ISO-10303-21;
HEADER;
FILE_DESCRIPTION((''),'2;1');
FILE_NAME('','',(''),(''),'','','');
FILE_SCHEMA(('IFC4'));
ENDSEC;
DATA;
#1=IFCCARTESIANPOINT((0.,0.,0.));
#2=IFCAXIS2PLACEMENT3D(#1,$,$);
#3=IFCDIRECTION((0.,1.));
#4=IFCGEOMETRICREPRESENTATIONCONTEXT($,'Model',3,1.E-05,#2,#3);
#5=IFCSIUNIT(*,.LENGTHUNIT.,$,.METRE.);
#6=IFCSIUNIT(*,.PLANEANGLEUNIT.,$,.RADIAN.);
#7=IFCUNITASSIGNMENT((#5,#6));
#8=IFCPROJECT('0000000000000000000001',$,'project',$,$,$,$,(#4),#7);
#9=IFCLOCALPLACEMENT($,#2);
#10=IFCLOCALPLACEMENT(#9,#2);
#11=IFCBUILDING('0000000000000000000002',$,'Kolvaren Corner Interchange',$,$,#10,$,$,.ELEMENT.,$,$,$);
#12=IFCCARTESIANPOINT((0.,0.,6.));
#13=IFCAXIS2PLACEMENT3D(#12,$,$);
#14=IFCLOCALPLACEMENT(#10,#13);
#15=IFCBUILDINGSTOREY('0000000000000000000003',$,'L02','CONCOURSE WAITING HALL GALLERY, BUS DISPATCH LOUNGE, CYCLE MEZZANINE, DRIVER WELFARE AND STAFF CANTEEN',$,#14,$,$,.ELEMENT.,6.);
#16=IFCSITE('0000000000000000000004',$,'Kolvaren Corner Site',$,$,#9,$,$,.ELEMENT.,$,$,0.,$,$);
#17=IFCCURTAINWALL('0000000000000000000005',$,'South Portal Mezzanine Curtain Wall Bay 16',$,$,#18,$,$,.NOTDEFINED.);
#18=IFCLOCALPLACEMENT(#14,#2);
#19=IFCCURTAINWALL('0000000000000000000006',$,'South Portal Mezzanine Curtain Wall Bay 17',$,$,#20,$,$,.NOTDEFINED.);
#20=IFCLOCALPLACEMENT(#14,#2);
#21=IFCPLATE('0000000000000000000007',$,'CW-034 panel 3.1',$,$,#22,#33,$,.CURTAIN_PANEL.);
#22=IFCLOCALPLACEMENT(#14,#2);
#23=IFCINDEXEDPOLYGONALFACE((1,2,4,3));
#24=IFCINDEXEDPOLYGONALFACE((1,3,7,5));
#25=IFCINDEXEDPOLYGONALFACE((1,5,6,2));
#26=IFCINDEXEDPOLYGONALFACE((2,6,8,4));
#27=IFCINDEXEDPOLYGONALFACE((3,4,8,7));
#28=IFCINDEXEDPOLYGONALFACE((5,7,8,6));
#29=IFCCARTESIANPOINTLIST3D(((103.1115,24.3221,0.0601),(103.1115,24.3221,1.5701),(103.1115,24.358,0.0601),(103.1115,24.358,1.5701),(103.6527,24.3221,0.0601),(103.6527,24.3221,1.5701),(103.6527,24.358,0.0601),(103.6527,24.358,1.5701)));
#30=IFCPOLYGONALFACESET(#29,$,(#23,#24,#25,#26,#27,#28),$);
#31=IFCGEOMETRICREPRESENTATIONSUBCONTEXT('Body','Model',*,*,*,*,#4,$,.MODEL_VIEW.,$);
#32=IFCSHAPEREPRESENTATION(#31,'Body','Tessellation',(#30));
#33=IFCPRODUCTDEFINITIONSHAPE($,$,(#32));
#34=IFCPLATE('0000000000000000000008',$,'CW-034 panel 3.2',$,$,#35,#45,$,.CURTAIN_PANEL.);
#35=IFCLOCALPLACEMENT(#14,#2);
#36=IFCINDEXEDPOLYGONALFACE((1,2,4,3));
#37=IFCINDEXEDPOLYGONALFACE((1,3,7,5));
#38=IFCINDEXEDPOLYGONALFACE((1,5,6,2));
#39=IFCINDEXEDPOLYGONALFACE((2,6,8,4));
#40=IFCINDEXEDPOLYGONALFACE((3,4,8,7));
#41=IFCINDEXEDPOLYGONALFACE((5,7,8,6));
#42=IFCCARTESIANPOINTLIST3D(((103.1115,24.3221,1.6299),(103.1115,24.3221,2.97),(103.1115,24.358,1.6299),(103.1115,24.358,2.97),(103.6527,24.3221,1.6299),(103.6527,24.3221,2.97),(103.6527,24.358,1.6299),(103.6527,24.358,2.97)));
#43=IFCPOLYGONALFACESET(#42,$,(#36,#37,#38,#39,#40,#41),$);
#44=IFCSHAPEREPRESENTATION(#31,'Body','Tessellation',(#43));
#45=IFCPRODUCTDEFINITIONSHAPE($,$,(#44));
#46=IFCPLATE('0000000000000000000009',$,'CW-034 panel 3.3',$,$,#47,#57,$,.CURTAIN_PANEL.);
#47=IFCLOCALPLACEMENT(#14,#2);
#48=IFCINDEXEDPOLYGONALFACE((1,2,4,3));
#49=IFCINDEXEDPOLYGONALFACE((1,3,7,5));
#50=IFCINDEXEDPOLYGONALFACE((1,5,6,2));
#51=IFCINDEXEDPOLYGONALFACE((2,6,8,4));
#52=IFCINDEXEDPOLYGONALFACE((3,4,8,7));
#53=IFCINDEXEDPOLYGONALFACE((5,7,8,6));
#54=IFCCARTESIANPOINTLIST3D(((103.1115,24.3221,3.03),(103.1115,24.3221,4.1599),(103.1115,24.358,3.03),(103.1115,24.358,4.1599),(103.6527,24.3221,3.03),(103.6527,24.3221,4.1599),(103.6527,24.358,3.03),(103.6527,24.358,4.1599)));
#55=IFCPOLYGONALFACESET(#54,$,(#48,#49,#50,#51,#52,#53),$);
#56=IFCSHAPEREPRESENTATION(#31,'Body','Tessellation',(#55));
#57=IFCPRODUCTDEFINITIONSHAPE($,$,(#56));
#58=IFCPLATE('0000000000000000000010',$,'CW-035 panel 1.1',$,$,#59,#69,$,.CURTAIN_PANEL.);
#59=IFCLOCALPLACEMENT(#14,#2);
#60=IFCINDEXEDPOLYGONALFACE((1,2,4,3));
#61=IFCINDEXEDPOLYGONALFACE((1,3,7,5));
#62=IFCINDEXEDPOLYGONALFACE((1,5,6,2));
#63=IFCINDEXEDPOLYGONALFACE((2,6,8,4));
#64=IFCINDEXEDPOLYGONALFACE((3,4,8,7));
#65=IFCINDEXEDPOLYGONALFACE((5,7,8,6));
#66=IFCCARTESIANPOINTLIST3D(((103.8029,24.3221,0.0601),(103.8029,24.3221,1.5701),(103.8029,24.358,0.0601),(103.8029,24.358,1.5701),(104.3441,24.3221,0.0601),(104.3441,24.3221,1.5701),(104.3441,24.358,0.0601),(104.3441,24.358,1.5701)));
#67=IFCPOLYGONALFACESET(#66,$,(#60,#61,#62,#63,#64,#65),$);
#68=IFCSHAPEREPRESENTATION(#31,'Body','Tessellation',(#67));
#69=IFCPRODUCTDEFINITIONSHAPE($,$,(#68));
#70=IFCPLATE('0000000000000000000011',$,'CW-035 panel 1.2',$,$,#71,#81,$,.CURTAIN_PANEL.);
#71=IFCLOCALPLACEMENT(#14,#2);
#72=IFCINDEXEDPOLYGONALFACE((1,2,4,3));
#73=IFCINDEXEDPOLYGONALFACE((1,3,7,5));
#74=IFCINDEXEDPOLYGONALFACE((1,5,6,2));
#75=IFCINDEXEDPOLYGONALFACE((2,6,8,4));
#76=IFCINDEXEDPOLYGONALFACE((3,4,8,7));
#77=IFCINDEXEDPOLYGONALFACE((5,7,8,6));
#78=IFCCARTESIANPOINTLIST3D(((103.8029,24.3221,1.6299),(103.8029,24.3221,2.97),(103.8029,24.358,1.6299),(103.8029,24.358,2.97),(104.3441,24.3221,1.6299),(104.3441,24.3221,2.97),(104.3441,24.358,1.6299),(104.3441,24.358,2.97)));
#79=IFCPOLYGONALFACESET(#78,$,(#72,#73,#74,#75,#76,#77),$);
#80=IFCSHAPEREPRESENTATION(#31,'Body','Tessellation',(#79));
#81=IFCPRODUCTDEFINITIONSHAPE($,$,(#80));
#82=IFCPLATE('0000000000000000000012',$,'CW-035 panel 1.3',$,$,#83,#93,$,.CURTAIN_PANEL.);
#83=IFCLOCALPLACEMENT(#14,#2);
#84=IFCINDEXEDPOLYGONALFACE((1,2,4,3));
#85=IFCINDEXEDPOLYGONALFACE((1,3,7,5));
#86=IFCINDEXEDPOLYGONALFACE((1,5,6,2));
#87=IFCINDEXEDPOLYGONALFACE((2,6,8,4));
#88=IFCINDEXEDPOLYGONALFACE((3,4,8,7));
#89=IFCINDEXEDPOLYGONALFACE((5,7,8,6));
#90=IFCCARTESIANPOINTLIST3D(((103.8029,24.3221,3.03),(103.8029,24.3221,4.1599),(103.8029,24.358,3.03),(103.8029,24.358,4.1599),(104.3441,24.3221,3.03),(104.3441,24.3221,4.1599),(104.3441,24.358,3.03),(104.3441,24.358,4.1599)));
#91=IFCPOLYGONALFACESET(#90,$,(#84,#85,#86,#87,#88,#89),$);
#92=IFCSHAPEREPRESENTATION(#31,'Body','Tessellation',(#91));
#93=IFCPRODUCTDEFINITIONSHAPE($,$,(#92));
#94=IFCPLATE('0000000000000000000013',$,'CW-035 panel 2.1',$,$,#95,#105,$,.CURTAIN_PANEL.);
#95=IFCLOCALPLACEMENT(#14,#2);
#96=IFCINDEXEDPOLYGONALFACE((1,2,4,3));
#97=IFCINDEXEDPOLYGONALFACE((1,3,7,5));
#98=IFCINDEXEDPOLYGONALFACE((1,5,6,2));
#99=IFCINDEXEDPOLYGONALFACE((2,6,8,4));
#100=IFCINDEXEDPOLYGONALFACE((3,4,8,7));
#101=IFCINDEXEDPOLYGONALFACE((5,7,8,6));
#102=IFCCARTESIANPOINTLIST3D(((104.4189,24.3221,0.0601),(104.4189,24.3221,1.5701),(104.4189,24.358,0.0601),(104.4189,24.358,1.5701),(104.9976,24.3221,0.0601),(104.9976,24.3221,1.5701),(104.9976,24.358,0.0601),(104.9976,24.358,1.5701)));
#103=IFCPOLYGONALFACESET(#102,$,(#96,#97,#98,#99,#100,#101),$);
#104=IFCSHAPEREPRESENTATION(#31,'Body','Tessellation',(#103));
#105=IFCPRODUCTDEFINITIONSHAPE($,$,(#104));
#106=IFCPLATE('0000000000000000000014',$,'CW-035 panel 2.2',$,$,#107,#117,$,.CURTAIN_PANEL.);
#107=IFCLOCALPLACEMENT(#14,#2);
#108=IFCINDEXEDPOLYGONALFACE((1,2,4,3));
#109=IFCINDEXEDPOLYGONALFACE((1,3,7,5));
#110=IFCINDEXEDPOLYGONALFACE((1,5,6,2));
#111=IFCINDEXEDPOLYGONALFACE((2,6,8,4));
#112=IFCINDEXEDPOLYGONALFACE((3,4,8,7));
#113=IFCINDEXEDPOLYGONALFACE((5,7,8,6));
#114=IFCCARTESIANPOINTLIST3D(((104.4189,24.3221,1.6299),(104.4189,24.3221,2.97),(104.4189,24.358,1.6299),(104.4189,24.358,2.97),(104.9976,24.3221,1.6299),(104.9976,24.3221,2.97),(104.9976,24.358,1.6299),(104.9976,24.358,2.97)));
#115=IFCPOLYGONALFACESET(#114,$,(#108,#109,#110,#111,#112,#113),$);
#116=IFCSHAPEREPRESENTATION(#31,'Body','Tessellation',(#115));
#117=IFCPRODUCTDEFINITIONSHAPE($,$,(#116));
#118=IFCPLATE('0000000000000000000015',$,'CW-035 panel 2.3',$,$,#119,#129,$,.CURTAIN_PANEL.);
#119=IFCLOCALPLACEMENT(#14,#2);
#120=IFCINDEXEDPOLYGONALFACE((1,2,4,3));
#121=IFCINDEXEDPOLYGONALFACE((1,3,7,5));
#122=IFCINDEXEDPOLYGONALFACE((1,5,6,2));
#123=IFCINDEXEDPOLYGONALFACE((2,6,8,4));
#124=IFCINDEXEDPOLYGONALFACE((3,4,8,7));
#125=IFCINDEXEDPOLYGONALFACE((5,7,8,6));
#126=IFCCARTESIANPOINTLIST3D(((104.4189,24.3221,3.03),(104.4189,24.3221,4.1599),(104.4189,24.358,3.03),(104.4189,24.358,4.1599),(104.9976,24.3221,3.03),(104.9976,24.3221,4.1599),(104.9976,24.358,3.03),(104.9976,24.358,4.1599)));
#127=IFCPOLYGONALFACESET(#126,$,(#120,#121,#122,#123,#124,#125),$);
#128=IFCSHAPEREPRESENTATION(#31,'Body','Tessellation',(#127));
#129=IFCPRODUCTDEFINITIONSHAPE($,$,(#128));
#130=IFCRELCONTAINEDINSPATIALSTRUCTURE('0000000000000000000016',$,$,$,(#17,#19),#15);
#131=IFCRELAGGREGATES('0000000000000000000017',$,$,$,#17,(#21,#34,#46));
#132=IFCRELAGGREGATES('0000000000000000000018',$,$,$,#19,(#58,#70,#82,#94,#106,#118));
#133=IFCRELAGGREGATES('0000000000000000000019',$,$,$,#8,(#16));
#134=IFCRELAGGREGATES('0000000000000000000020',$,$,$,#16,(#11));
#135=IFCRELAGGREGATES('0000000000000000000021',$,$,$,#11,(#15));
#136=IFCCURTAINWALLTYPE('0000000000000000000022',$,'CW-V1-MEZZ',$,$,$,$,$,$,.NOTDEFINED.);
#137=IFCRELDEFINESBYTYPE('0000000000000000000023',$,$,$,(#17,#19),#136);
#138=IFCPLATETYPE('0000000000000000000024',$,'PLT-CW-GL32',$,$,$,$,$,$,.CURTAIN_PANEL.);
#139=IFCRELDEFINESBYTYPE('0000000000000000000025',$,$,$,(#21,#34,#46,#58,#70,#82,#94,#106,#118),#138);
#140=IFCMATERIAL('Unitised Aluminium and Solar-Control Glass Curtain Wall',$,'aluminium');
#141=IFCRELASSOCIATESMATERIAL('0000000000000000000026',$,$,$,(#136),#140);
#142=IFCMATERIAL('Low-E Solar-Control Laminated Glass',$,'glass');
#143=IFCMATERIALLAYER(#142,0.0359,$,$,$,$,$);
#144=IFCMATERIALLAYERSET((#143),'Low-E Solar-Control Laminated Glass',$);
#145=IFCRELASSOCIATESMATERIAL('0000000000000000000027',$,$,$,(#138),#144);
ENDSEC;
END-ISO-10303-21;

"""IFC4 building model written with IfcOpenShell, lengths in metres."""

from ifc_helpers import new_model, si_unit, direction, frame, origin, origin_2d, place, context, subcontext, project, spatial, rectangle, extrude, material, layer, layer_set, type_object, element, aggregate, save


model = new_model("IFC4")

# Units and contexts
model_context = context("Model", 3, precision=1e-05, world=origin(), true_north=direction((0.0, 1.0)))
body_context = subcontext(model_context, "Body", "Model", "MODEL_VIEW")
ifc_project = project(units=[si_unit("LENGTHUNIT", "METRE"), si_unit("PLANEANGLEUNIT", "RADIAN")], contexts=[model_context])

# Site, building, storey
site_placement = place(None, origin())
site = spatial("IfcSite", under=ifc_project, at=site_placement, Name="Kolvaren Corner Site", CompositionType="ELEMENT", RefElevation=0.0)
building_placement = place(site_placement, origin())
building = spatial("IfcBuilding", under=site, at=building_placement, Name="Kolvaren Corner Interchange", CompositionType="ELEMENT")
storey_placement = place(building_placement, frame((0.0, 0.0, 6.0)))
storey = spatial("IfcBuildingStorey", under=building, at=storey_placement, Name="L02", Description="CONCOURSE WAITING HALL GALLERY, BUS DISPATCH LOUNGE, CYCLE MEZZANINE, DRIVER WELFARE AND STAFF CANTEEN", CompositionType="ELEMENT", Elevation=6.0)

# Curtain wall
ifc_material_1 = material(Name="Unitised Aluminium and Solar-Control Glass Curtain Wall", Category="aluminium")
curtain_wall_type = type_object("IfcCurtainWallType", Name="CW-V1-MEZZ", PredefinedType="NOTDEFINED", material=ifc_material_1)
curtain_wall_1_placement = place(storey_placement, origin())
curtain_wall_1 = element("IfcCurtainWall", 1, at=curtain_wall_1_placement, inside=storey, type_object=curtain_wall_type, Name="South Portal Mezzanine Curtain Wall Bay 16", PredefinedType="NOTDEFINED")

# Curtain wall
curtain_wall_2_placement = place(storey_placement, origin())
curtain_wall_2 = element("IfcCurtainWall", 2, at=curtain_wall_2_placement, inside=storey, type_object=curtain_wall_type, Name="South Portal Mezzanine Curtain Wall Bay 17", PredefinedType="NOTDEFINED")

# Plates
ifc_material_2 = material(Name="Low-E Solar-Control Laminated Glass", Category="glass")
ifc_layer = layer(ifc_material_2, 0.0359)
ifc_layer_set = layer_set([ifc_layer], Name="Low-E Solar-Control Laminated Glass")
plate_type = type_object("IfcPlateType", Name="PLT-CW-GL32", PredefinedType="CURTAIN_PANEL", material=ifc_layer_set)
plate_1_placement = place(storey_placement, frame((103.3821, 24.3401, 0.0601), z_axis=(0.0, 0.0, 1.0), x_axis=(1.0, 0.0, 0.0)))
plate_1 = element("IfcPlate", 3, at=plate_1_placement, type_object=plate_type, Name="CW-034 panel 3.1", PredefinedType="CURTAIN_PANEL", context=body_context, shape_type="SweptSolid", body=[
    extrude(rectangle(XDim=0.5413, YDim=0.0359, at=origin_2d()), origin(), (0.0, 0.0, 1.0), 1.51),
])
plate_2_placement = place(storey_placement, frame((103.3821, 24.3401, 1.6299), z_axis=(0.0, 0.0, 1.0), x_axis=(1.0, 0.0, 0.0)))
plate_2 = element("IfcPlate", 4, at=plate_2_placement, type_object=plate_type, Name="CW-034 panel 3.2", PredefinedType="CURTAIN_PANEL", context=body_context, shape_type="SweptSolid", body=[
    extrude(rectangle(XDim=0.5413, YDim=0.0359, at=origin_2d()), origin(), (0.0, 0.0, 1.0), 1.3401),
])
plate_3_placement = place(storey_placement, frame((103.3821, 24.3401, 3.03), z_axis=(0.0, 0.0, 1.0), x_axis=(1.0, 0.0, 0.0)))
plate_3 = element("IfcPlate", 5, at=plate_3_placement, type_object=plate_type, Name="CW-034 panel 3.3", PredefinedType="CURTAIN_PANEL", context=body_context, shape_type="SweptSolid", body=[
    extrude(rectangle(XDim=0.5413, YDim=0.0359, at=origin_2d()), origin(), (0.0, 0.0, 1.0), 1.1299),
])
aggregate(curtain_wall_1, [plate_1, plate_2, plate_3])
plate_4_placement = place(storey_placement, frame((104.0735, 24.3401, 0.0601), z_axis=(0.0, 0.0, 1.0), x_axis=(1.0, 0.0, 0.0)))
plate_4 = element("IfcPlate", 6, at=plate_4_placement, type_object=plate_type, Name="CW-035 panel 1.1", PredefinedType="CURTAIN_PANEL", context=body_context, shape_type="SweptSolid", body=[
    extrude(rectangle(XDim=0.5413, YDim=0.0359, at=origin_2d()), origin(), (0.0, 0.0, 1.0), 1.51),
])
plate_5_placement = place(storey_placement, frame((104.0735, 24.3401, 1.6299), z_axis=(0.0, 0.0, 1.0), x_axis=(1.0, 0.0, 0.0)))
plate_5 = element("IfcPlate", 7, at=plate_5_placement, type_object=plate_type, Name="CW-035 panel 1.2", PredefinedType="CURTAIN_PANEL", context=body_context, shape_type="SweptSolid", body=[
    extrude(rectangle(XDim=0.5413, YDim=0.0359, at=origin_2d()), origin(), (0.0, 0.0, 1.0), 1.3401),
])
plate_6_placement = place(storey_placement, frame((104.0735, 24.3401, 3.03), z_axis=(0.0, 0.0, 1.0), x_axis=(1.0, 0.0, 0.0)))
plate_6 = element("IfcPlate", 8, at=plate_6_placement, type_object=plate_type, Name="CW-035 panel 1.3", PredefinedType="CURTAIN_PANEL", context=body_context, shape_type="SweptSolid", body=[
    extrude(rectangle(XDim=0.5413, YDim=0.0359, at=origin_2d()), origin(), (0.0, 0.0, 1.0), 1.1299),
])
plate_7_placement = place(storey_placement, frame((104.7083, 24.3401, 0.0601), z_axis=(0.0, 0.0, 1.0), x_axis=(1.0, 0.0, 0.0)))
plate_7 = element("IfcPlate", 9, at=plate_7_placement, type_object=plate_type, Name="CW-035 panel 2.1", PredefinedType="CURTAIN_PANEL", context=body_context, shape_type="SweptSolid", body=[
    extrude(rectangle(XDim=0.5786, YDim=0.0359, at=origin_2d()), origin(), (0.0, 0.0, 1.0), 1.51),
])
plate_8_placement = place(storey_placement, frame((104.7083, 24.3401, 1.6299), z_axis=(0.0, 0.0, 1.0), x_axis=(1.0, 0.0, 0.0)))
plate_8 = element("IfcPlate", 10, at=plate_8_placement, type_object=plate_type, Name="CW-035 panel 2.2", PredefinedType="CURTAIN_PANEL", context=body_context, shape_type="SweptSolid", body=[
    extrude(rectangle(XDim=0.5786, YDim=0.0359, at=origin_2d()), origin(), (0.0, 0.0, 1.0), 1.3401),
])
plate_9_placement = place(storey_placement, frame((104.7083, 24.3401, 3.03), z_axis=(0.0, 0.0, 1.0), x_axis=(1.0, 0.0, 0.0)))
plate_9 = element("IfcPlate", 11, at=plate_9_placement, type_object=plate_type, Name="CW-035 panel 2.3", PredefinedType="CURTAIN_PANEL", context=body_context, shape_type="SweptSolid", body=[
    extrude(rectangle(XDim=0.5786, YDim=0.0359, at=origin_2d()), origin(), (0.0, 0.0, 1.0), 1.1299),
])
aggregate(curtain_wall_2, [plate_4, plate_5, plate_6, plate_7, plate_8, plate_9])

save(model, "model.ifc")
